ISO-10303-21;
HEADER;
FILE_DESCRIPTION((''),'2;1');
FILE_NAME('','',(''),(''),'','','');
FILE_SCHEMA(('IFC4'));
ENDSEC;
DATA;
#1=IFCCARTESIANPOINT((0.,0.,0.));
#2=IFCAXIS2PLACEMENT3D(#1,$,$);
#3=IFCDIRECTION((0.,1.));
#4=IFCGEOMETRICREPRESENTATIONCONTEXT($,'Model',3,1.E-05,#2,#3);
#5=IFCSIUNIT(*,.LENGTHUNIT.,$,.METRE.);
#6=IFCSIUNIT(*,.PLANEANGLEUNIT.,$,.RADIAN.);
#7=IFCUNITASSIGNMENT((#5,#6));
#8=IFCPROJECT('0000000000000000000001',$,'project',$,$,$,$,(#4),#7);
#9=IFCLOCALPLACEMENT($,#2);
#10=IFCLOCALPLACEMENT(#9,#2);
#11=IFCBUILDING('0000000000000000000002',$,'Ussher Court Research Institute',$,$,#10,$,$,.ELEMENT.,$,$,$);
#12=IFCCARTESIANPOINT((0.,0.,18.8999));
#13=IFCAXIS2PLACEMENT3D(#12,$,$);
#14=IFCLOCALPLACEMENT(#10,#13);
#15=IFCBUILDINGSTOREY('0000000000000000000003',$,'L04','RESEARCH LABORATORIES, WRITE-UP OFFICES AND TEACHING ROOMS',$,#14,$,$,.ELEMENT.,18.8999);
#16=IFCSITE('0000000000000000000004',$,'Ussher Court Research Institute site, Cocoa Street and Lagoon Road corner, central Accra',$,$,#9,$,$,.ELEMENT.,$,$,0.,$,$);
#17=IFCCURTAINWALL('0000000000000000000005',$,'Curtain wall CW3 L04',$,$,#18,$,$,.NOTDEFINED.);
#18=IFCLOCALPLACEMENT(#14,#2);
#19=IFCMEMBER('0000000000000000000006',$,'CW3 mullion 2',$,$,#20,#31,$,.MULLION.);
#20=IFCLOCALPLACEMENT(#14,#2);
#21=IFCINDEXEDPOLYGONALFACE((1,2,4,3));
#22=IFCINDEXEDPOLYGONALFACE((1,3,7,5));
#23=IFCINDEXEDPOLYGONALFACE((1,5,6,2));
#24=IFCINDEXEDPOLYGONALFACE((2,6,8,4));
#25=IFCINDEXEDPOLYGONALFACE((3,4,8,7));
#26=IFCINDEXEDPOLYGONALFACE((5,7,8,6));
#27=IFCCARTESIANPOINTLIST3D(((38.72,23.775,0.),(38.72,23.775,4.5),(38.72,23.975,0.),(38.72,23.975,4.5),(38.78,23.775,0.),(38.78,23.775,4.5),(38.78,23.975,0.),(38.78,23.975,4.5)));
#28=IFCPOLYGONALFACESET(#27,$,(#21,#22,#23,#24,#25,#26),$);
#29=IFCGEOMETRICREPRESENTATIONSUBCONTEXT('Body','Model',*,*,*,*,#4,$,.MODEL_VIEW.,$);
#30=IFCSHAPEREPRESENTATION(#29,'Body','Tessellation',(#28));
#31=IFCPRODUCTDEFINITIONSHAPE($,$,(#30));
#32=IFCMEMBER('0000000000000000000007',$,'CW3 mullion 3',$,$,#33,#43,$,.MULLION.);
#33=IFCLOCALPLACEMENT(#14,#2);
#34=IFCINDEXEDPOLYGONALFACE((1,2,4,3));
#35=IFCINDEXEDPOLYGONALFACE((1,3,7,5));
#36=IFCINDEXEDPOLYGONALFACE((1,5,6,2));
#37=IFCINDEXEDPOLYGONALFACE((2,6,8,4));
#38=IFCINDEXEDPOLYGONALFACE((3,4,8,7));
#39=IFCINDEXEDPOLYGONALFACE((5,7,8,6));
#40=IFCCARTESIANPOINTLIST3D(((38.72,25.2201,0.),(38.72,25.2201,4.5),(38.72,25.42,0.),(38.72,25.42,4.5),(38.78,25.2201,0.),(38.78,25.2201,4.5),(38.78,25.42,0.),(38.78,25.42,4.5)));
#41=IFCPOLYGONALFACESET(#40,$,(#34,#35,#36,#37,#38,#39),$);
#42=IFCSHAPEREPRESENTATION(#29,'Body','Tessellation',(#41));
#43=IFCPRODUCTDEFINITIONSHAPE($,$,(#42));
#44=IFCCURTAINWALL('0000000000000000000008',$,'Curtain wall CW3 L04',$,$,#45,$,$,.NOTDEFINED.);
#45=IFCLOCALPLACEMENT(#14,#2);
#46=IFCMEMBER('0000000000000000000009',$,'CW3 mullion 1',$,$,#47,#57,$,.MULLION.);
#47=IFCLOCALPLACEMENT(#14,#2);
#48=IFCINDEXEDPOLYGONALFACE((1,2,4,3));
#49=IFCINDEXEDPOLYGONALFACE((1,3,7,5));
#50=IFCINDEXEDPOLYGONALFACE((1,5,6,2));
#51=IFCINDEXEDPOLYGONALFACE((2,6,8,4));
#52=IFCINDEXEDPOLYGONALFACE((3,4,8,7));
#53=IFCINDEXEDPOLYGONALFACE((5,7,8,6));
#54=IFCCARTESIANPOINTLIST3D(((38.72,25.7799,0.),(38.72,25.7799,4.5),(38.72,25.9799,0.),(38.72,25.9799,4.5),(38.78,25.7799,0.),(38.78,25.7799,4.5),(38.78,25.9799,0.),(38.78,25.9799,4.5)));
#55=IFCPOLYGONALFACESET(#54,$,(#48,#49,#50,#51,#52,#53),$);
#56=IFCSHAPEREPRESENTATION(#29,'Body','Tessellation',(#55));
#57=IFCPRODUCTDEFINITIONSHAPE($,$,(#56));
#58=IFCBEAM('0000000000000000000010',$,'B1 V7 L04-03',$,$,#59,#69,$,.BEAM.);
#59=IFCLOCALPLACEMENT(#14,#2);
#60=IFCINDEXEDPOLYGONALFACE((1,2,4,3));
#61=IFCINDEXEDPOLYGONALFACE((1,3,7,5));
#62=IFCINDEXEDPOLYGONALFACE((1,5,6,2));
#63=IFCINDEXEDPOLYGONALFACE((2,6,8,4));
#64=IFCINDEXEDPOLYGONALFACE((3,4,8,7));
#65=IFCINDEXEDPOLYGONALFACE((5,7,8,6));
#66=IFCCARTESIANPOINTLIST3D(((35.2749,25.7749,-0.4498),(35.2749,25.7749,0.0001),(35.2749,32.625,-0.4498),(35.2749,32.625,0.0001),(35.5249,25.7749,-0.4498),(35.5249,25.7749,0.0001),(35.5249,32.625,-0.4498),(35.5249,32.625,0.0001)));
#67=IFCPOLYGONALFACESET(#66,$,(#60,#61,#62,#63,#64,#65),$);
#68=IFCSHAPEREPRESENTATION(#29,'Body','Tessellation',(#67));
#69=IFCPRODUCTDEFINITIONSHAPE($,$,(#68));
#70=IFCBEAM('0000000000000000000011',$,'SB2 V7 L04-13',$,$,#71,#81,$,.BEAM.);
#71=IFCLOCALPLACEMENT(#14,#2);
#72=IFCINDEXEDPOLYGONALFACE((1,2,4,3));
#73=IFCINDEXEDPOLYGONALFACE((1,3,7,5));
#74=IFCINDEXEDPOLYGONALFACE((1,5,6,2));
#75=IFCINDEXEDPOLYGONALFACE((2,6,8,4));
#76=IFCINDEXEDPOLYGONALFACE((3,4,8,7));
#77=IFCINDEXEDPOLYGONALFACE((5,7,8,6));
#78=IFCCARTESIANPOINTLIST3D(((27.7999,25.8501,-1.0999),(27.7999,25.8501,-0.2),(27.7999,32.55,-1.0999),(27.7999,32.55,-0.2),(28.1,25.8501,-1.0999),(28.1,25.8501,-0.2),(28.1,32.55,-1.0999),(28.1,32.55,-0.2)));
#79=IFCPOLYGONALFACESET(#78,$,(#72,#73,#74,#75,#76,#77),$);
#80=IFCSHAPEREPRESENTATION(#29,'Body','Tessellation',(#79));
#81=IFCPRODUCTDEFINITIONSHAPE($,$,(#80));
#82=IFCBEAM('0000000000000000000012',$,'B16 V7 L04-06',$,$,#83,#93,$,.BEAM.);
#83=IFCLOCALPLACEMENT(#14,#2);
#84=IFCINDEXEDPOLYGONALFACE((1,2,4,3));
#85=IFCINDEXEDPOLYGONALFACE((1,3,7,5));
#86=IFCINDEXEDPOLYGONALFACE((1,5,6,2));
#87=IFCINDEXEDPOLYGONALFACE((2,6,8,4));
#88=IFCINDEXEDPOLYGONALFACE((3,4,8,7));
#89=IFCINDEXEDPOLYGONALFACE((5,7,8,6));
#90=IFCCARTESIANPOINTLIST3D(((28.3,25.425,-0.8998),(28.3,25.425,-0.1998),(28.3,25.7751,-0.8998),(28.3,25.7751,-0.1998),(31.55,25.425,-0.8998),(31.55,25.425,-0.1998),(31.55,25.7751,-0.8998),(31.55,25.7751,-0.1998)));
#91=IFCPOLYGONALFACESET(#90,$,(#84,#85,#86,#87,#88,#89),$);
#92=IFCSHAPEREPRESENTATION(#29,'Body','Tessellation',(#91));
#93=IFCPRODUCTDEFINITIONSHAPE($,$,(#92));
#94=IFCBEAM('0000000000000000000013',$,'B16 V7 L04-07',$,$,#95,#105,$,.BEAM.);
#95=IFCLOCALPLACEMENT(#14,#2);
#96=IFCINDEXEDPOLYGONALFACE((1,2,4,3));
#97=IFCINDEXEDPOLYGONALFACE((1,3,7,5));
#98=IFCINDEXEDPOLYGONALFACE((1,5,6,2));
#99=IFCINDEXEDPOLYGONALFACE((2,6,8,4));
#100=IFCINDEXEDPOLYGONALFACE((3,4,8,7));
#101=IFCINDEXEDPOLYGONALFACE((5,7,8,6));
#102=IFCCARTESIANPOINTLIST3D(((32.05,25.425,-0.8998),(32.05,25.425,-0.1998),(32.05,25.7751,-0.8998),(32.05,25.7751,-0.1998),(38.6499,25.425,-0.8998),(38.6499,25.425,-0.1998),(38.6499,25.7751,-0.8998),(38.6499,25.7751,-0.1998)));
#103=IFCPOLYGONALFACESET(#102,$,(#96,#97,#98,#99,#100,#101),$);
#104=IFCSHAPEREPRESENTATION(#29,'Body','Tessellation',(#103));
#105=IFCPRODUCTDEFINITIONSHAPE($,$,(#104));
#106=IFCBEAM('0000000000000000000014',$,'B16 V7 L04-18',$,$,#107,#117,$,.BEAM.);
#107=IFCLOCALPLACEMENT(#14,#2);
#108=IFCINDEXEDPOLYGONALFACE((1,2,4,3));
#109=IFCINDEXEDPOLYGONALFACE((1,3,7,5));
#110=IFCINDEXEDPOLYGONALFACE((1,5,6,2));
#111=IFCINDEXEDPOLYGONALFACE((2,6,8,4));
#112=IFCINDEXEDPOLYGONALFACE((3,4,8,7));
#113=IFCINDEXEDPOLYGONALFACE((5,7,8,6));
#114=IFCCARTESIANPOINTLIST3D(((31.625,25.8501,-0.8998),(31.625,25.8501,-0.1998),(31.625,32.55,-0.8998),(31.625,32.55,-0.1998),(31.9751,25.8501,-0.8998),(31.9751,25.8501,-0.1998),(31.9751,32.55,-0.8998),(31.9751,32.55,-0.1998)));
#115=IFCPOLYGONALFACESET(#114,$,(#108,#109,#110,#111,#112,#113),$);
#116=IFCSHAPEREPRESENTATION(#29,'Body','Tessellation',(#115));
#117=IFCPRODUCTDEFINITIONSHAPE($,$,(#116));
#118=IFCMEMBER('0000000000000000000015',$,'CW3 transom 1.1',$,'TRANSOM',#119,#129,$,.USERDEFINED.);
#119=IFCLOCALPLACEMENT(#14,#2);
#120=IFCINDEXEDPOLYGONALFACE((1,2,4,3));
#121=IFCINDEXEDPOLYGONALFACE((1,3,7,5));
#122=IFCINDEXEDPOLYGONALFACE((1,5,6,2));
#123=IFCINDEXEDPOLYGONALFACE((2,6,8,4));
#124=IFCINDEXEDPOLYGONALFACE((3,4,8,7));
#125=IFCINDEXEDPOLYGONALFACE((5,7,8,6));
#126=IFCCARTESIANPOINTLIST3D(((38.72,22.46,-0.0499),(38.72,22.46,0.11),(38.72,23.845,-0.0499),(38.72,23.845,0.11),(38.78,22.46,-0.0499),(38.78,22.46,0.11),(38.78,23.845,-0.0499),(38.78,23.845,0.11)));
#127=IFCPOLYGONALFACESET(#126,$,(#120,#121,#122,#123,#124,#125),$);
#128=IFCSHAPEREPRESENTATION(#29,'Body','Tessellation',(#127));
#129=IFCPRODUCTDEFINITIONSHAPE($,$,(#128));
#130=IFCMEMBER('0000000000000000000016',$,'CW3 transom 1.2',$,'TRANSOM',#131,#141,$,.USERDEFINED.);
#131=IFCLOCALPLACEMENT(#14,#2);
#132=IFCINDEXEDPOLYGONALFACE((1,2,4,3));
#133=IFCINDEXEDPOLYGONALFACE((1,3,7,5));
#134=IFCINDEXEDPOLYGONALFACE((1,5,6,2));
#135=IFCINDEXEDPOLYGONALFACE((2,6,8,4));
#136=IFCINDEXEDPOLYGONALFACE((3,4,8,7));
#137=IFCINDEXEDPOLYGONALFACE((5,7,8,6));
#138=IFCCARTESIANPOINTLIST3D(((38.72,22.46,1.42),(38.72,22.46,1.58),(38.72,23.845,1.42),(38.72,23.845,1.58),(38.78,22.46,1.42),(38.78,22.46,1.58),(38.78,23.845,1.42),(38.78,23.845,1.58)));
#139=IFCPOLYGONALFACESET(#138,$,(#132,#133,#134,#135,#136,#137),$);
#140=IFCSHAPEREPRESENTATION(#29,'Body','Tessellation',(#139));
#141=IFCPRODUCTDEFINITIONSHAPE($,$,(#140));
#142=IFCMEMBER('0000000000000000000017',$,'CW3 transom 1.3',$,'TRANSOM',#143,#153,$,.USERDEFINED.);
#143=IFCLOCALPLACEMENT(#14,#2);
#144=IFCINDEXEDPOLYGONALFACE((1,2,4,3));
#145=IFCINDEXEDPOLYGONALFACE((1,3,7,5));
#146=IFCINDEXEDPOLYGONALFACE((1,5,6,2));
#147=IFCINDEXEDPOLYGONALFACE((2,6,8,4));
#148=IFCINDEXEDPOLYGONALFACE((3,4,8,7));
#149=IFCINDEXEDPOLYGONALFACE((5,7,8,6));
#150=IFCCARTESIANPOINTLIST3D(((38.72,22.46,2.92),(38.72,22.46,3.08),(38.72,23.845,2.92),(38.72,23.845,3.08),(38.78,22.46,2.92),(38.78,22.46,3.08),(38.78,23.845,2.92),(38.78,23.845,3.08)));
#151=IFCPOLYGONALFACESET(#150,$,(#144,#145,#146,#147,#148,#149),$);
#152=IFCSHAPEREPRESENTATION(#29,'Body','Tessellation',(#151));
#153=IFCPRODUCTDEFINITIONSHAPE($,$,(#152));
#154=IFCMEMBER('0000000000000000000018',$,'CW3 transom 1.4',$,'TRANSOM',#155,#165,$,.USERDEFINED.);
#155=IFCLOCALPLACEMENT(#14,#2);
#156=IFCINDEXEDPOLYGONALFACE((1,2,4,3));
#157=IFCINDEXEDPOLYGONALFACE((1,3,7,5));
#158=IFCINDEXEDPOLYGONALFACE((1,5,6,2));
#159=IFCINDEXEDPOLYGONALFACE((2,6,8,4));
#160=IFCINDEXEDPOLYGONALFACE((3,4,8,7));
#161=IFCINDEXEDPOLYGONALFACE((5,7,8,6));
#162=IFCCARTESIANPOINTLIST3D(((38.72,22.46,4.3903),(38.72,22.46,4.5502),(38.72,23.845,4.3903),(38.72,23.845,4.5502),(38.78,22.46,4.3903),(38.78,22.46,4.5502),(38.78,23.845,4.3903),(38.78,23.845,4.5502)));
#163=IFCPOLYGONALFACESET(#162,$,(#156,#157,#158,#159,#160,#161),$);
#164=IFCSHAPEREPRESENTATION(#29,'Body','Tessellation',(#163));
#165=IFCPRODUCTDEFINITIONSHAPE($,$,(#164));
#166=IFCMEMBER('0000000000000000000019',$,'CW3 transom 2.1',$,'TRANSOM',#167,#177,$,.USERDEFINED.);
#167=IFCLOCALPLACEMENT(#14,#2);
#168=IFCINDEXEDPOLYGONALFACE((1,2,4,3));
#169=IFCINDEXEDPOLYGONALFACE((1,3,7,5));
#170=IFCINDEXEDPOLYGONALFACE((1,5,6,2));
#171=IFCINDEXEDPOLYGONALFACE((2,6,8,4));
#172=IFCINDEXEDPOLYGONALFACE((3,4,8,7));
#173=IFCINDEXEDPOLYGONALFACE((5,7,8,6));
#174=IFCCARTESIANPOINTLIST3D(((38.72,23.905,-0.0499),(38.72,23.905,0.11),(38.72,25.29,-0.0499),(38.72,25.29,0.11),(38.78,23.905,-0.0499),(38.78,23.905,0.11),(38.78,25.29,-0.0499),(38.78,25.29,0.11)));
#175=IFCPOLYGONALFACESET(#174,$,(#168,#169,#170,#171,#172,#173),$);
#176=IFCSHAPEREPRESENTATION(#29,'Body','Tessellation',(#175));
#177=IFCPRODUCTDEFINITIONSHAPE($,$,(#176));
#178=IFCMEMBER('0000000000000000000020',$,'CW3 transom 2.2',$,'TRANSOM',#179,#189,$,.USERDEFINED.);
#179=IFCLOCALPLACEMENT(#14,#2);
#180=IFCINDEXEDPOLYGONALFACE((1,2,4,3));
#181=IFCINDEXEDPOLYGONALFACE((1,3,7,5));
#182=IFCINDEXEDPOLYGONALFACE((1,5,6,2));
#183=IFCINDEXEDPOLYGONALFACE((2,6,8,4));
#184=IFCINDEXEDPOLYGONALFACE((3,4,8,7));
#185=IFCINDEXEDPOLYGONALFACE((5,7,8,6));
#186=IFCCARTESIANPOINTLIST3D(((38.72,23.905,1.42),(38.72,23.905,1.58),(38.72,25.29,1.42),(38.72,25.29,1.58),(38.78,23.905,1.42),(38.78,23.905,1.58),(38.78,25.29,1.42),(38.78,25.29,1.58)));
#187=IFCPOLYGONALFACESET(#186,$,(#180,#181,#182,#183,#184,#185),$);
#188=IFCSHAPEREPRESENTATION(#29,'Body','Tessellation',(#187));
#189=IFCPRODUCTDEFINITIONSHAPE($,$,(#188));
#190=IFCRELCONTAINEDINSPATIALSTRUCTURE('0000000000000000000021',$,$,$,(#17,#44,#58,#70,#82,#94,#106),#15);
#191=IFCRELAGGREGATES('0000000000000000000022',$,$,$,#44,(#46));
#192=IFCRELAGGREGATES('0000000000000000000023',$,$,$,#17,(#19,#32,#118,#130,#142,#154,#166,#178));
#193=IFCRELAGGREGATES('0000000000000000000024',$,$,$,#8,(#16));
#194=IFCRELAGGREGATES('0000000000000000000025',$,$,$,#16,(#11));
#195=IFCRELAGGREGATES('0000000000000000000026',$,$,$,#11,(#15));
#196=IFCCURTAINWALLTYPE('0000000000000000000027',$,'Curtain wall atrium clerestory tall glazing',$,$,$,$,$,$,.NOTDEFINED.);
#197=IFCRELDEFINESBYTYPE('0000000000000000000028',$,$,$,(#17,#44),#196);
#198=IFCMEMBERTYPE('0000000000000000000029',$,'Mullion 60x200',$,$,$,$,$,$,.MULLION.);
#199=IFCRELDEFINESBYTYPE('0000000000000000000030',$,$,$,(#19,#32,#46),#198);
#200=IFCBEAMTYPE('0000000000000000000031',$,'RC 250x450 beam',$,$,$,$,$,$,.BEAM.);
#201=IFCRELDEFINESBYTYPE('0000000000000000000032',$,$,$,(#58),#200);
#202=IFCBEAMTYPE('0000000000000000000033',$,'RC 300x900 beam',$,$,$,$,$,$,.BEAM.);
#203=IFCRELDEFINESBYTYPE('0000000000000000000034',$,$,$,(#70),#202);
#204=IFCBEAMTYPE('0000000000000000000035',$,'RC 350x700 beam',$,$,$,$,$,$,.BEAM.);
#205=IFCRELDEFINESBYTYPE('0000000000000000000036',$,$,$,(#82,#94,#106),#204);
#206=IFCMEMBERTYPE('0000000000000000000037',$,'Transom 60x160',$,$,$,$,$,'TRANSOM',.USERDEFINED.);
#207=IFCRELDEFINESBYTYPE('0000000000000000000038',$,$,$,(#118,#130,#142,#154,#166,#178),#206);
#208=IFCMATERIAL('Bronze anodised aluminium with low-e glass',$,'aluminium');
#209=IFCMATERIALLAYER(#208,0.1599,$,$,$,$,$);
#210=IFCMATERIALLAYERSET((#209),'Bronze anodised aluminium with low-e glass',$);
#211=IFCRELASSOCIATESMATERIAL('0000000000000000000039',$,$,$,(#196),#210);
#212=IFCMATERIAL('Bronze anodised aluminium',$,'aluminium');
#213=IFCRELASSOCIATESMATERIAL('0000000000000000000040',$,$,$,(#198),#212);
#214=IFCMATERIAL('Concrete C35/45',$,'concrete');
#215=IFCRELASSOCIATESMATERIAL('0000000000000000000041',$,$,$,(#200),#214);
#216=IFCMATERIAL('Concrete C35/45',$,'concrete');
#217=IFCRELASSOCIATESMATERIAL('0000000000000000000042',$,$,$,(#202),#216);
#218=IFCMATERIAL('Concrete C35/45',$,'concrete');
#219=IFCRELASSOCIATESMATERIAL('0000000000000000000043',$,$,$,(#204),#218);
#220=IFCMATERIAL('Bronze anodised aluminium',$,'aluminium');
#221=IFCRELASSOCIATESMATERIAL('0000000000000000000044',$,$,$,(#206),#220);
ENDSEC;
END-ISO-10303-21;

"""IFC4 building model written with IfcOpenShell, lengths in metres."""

from ifc_helpers import new_model, si_unit, direction, frame, origin, origin_2d, place, context, subcontext, project, spatial, rectangle, extrude, material, layer, layer_set, material_profile, profile_set, type_object, element, aggregate, save


model = new_model("IFC4")

# Units and contexts
model_context = context("Model", 3, precision=1e-05, world=origin(), true_north=direction((0.0, 1.0)))
body_context = subcontext(model_context, "Body", "Model", "MODEL_VIEW")
ifc_project = project(units=[si_unit("LENGTHUNIT", "METRE"), si_unit("PLANEANGLEUNIT", "RADIAN")], contexts=[model_context])

# Site, building, storey
site_placement = place(None, origin())
site = spatial("IfcSite", under=ifc_project, at=site_placement, Name="Ussher Court Research Institute site, Cocoa Street and Lagoon Road corner, central Accra", CompositionType="ELEMENT", RefElevation=0.0)
building_placement = place(site_placement, origin())
building = spatial("IfcBuilding", under=site, at=building_placement, Name="Ussher Court Research Institute", CompositionType="ELEMENT")
storey_placement = place(building_placement, frame((0.0, 0.0, 18.8999)))
storey = spatial("IfcBuildingStorey", under=building, at=storey_placement, Name="L04", Description="RESEARCH LABORATORIES, WRITE-UP OFFICES AND TEACHING ROOMS", CompositionType="ELEMENT", Elevation=18.8999)

# Curtain wall, members
ifc_material_1 = material(Name="Bronze anodised aluminium with low-e glass", Category="aluminium")
ifc_layer_1 = layer(ifc_material_1, 0.1599)
ifc_layer_set_1 = layer_set([ifc_layer_1], Name="Bronze anodised aluminium with low-e glass")
curtain_wall_type = type_object("IfcCurtainWallType", Name="Curtain wall atrium clerestory tall glazing", PredefinedType="NOTDEFINED", material=ifc_layer_set_1)
curtain_wall_1_placement = place(storey_placement, origin())
curtain_wall_1 = element("IfcCurtainWall", 1, at=curtain_wall_1_placement, inside=storey, type_object=curtain_wall_type, Name="Curtain wall CW3 L04", PredefinedType="NOTDEFINED")
ifc_material_2 = material(Name="Bronze anodised aluminium", Category="aluminium")
ifc_material_profile_1 = material_profile(ifc_material_2, rectangle(XDim=0.0601, YDim=0.2, at=origin_2d()), Name="Mullion 60x200")
ifc_profile_set_1 = profile_set([ifc_material_profile_1], Name="Bronze anodised aluminium")
member_type_1 = type_object("IfcMemberType", Name="Mullion 60x200", PredefinedType="MULLION", material=ifc_profile_set_1)
member_1_placement = place(storey_placement, frame((38.75, 23.875, 0.0), z_axis=(0.0, 0.0, 1.0), x_axis=(-1.0, 0.0, 0.0)))
member_1 = element("IfcMember", 2, at=member_1_placement, type_object=member_type_1, Name="CW3 mullion 2", PredefinedType="MULLION", context=body_context, shape_type="SweptSolid", body=[
    extrude(rectangle(XDim=0.0601, YDim=0.2, at=origin_2d()), origin(), (0.0, 0.0, 1.0), 4.5),
])
member_2_placement = place(storey_placement, frame((38.75, 25.3201, 0.0), z_axis=(0.0, 0.0, 1.0), x_axis=(-1.0, 0.0, 0.0)))
member_2 = element("IfcMember", 3, at=member_2_placement, type_object=member_type_1, Name="CW3 mullion 3", PredefinedType="MULLION", context=body_context, shape_type="SweptSolid", body=[
    extrude(rectangle(XDim=0.0601, YDim=0.2, at=origin_2d()), origin(), (0.0, 0.0, 1.0), 4.5),
])

# Curtain wall, member
curtain_wall_2_placement = place(storey_placement, origin())
curtain_wall_2 = element("IfcCurtainWall", 4, at=curtain_wall_2_placement, inside=storey, type_object=curtain_wall_type, Name="Curtain wall CW3 L04", PredefinedType="NOTDEFINED")
member_3_placement = place(storey_placement, frame((38.75, 25.8799, 0.0), z_axis=(0.0, 0.0, 1.0), x_axis=(-1.0, 0.0, 0.0)))
member_3 = element("IfcMember", 5, at=member_3_placement, type_object=member_type_1, Name="CW3 mullion 1", PredefinedType="MULLION", context=body_context, shape_type="SweptSolid", body=[
    extrude(rectangle(XDim=0.0601, YDim=0.2, at=origin_2d()), origin(), (0.0, 0.0, 1.0), 4.5),
])

# Beams
ifc_material_3 = material(Name="Concrete C35/45", Category="concrete")
ifc_material_profile_2 = material_profile(ifc_material_3, rectangle(XDim=0.25, YDim=0.45, at=origin_2d()), Name="RC 250x450")
ifc_profile_set_2 = profile_set([ifc_material_profile_2], Name="Concrete C35/45")
beam_type_1 = type_object("IfcBeamType", Name="RC 250x450 beam", PredefinedType="BEAM", material=ifc_profile_set_2)
beam_1_placement = place(storey_placement, frame((35.3999, 25.7749, -0.2249), z_axis=(0.0, 1.0, 0.0), x_axis=(-1.0, 0.0, 0.0)))
element("IfcBeam", 6, at=beam_1_placement, inside=storey, type_object=beam_type_1, Name="B1 V7 L04-03", PredefinedType="BEAM", context=body_context, shape_type="SweptSolid", body=[
    extrude(rectangle(XDim=0.25, YDim=0.45, at=origin_2d()), origin(), (0.0, 0.0, 1.0), 6.8501),
])
ifc_material_4 = material(Name="Concrete C35/45", Category="concrete")
ifc_material_profile_3 = material_profile(ifc_material_4, rectangle(XDim=0.3, YDim=0.8999, at=origin_2d()), Name="RC 300x900")
ifc_profile_set_3 = profile_set([ifc_material_profile_3], Name="Concrete C35/45")
beam_type_2 = type_object("IfcBeamType", Name="RC 300x900 beam", PredefinedType="BEAM", material=ifc_profile_set_3)
beam_2_placement = place(storey_placement, frame((27.95, 25.8501, -0.6499), z_axis=(0.0, 1.0, 0.0), x_axis=(-1.0, 0.0, 0.0)))
element("IfcBeam", 7, at=beam_2_placement, inside=storey, type_object=beam_type_2, Name="SB2 V7 L04-13", PredefinedType="BEAM", context=body_context, shape_type="SweptSolid", body=[
    extrude(rectangle(XDim=0.3, YDim=0.8999, at=origin_2d()), origin(), (0.0, 0.0, 1.0), 6.7),
])
ifc_material_5 = material(Name="Concrete C35/45", Category="concrete")
ifc_material_profile_4 = material_profile(ifc_material_5, rectangle(XDim=0.3501, YDim=0.7, at=origin_2d()), Name="RC 350x700")
ifc_profile_set_4 = profile_set([ifc_material_profile_4], Name="Concrete C35/45")
beam_type_3 = type_object("IfcBeamType", Name="RC 350x700 beam", PredefinedType="BEAM", material=ifc_profile_set_4)
beam_3_placement = place(storey_placement, frame((28.3, 25.6001, -0.5498), z_axis=(1.0, 0.0, 0.0), x_axis=(0.0, 1.0, 0.0)))
element("IfcBeam", 8, at=beam_3_placement, inside=storey, type_object=beam_type_3, Name="B16 V7 L04-06", PredefinedType="BEAM", context=body_context, shape_type="SweptSolid", body=[
    extrude(rectangle(XDim=0.3501, YDim=0.7, at=origin_2d()), origin(), (0.0, 0.0, 1.0), 3.25),
])
beam_4_placement = place(storey_placement, frame((32.05, 25.6001, -0.5498), z_axis=(1.0, 0.0, 0.0), x_axis=(0.0, 1.0, 0.0)))
element("IfcBeam", 9, at=beam_4_placement, inside=storey, type_object=beam_type_3, Name="B16 V7 L04-07", PredefinedType="BEAM", context=body_context, shape_type="SweptSolid", body=[
    extrude(rectangle(XDim=0.3501, YDim=0.7, at=origin_2d()), origin(), (0.0, 0.0, 1.0), 6.5999),
])
beam_5_placement = place(storey_placement, frame((31.8, 25.8501, -0.5498), z_axis=(0.0, 1.0, 0.0), x_axis=(-1.0, 0.0, 0.0)))
element("IfcBeam", 10, at=beam_5_placement, inside=storey, type_object=beam_type_3, Name="B16 V7 L04-18", PredefinedType="BEAM", context=body_context, shape_type="SweptSolid", body=[
    extrude(rectangle(XDim=0.3501, YDim=0.7, at=origin_2d()), origin(), (0.0, 0.0, 1.0), 6.7),
])

# Members
ifc_material_6 = material(Name="Bronze anodised aluminium", Category="aluminium")
ifc_material_profile_5 = material_profile(ifc_material_6, rectangle(XDim=0.0601, YDim=0.1599, at=origin_2d()), Name="Transom 60x160")
ifc_profile_set_5 = profile_set([ifc_material_profile_5], Name="Bronze anodised aluminium")
member_type_2 = type_object("IfcMemberType", Name="Transom 60x160", ElementType="TRANSOM", PredefinedType="USERDEFINED", material=ifc_profile_set_5)
member_4_placement = place(storey_placement, frame((38.75, 22.46, 0.03), z_axis=(0.0, 1.0, 0.0), x_axis=(-1.0, 0.0, 0.0)))
member_4 = element("IfcMember", 11, at=member_4_placement, type_object=member_type_2, Name="CW3 transom 1.1", ObjectType="TRANSOM", PredefinedType="USERDEFINED", context=body_context, shape_type="SweptSolid", body=[
    extrude(rectangle(XDim=0.0601, YDim=0.1599, at=origin_2d()), origin(), (0.0, 0.0, 1.0), 1.385),
])
member_5_placement = place(storey_placement, frame((38.75, 22.46, 1.5), z_axis=(0.0, 1.0, 0.0), x_axis=(-1.0, 0.0, 0.0)))
member_5 = element("IfcMember", 12, at=member_5_placement, type_object=member_type_2, Name="CW3 transom 1.2", ObjectType="TRANSOM", PredefinedType="USERDEFINED", context=body_context, shape_type="SweptSolid", body=[
    extrude(rectangle(XDim=0.0601, YDim=0.1599, at=origin_2d()), origin(), (0.0, 0.0, 1.0), 1.385),
])
member_6_placement = place(storey_placement, frame((38.75, 22.46, 3.0), z_axis=(0.0, 1.0, 0.0), x_axis=(-1.0, 0.0, 0.0)))
member_6 = element("IfcMember", 13, at=member_6_placement, type_object=member_type_2, Name="CW3 transom 1.3", ObjectType="TRANSOM", PredefinedType="USERDEFINED", context=body_context, shape_type="SweptSolid", body=[
    extrude(rectangle(XDim=0.0601, YDim=0.1599, at=origin_2d()), origin(), (0.0, 0.0, 1.0), 1.385),
])
member_7_placement = place(storey_placement, frame((38.75, 22.46, 4.4702), z_axis=(0.0, 1.0, 0.0), x_axis=(-1.0, 0.0, 0.0)))
member_7 = element("IfcMember", 14, at=member_7_placement, type_object=member_type_2, Name="CW3 transom 1.4", ObjectType="TRANSOM", PredefinedType="USERDEFINED", context=body_context, shape_type="SweptSolid", body=[
    extrude(rectangle(XDim=0.0601, YDim=0.1599, at=origin_2d()), origin(), (0.0, 0.0, 1.0), 1.385),
])
member_8_placement = place(storey_placement, frame((38.75, 23.905, 0.03), z_axis=(0.0, 1.0, 0.0), x_axis=(-1.0, 0.0, 0.0)))
member_8 = element("IfcMember", 15, at=member_8_placement, type_object=member_type_2, Name="CW3 transom 2.1", ObjectType="TRANSOM", PredefinedType="USERDEFINED", context=body_context, shape_type="SweptSolid", body=[
    extrude(rectangle(XDim=0.0601, YDim=0.1599, at=origin_2d()), origin(), (0.0, 0.0, 1.0), 1.385),
])
member_9_placement = place(storey_placement, frame((38.75, 23.905, 1.5), z_axis=(0.0, 1.0, 0.0), x_axis=(-1.0, 0.0, 0.0)))
member_9 = element("IfcMember", 16, at=member_9_placement, type_object=member_type_2, Name="CW3 transom 2.2", ObjectType="TRANSOM", PredefinedType="USERDEFINED", context=body_context, shape_type="SweptSolid", body=[
    extrude(rectangle(XDim=0.0601, YDim=0.1599, at=origin_2d()), origin(), (0.0, 0.0, 1.0), 1.385),
])
aggregate(curtain_wall_2, [member_3])

aggregate(curtain_wall_1, [member_1, member_2, member_4, member_5, member_6, member_7, member_8, member_9])

save(model, "model.ifc")
